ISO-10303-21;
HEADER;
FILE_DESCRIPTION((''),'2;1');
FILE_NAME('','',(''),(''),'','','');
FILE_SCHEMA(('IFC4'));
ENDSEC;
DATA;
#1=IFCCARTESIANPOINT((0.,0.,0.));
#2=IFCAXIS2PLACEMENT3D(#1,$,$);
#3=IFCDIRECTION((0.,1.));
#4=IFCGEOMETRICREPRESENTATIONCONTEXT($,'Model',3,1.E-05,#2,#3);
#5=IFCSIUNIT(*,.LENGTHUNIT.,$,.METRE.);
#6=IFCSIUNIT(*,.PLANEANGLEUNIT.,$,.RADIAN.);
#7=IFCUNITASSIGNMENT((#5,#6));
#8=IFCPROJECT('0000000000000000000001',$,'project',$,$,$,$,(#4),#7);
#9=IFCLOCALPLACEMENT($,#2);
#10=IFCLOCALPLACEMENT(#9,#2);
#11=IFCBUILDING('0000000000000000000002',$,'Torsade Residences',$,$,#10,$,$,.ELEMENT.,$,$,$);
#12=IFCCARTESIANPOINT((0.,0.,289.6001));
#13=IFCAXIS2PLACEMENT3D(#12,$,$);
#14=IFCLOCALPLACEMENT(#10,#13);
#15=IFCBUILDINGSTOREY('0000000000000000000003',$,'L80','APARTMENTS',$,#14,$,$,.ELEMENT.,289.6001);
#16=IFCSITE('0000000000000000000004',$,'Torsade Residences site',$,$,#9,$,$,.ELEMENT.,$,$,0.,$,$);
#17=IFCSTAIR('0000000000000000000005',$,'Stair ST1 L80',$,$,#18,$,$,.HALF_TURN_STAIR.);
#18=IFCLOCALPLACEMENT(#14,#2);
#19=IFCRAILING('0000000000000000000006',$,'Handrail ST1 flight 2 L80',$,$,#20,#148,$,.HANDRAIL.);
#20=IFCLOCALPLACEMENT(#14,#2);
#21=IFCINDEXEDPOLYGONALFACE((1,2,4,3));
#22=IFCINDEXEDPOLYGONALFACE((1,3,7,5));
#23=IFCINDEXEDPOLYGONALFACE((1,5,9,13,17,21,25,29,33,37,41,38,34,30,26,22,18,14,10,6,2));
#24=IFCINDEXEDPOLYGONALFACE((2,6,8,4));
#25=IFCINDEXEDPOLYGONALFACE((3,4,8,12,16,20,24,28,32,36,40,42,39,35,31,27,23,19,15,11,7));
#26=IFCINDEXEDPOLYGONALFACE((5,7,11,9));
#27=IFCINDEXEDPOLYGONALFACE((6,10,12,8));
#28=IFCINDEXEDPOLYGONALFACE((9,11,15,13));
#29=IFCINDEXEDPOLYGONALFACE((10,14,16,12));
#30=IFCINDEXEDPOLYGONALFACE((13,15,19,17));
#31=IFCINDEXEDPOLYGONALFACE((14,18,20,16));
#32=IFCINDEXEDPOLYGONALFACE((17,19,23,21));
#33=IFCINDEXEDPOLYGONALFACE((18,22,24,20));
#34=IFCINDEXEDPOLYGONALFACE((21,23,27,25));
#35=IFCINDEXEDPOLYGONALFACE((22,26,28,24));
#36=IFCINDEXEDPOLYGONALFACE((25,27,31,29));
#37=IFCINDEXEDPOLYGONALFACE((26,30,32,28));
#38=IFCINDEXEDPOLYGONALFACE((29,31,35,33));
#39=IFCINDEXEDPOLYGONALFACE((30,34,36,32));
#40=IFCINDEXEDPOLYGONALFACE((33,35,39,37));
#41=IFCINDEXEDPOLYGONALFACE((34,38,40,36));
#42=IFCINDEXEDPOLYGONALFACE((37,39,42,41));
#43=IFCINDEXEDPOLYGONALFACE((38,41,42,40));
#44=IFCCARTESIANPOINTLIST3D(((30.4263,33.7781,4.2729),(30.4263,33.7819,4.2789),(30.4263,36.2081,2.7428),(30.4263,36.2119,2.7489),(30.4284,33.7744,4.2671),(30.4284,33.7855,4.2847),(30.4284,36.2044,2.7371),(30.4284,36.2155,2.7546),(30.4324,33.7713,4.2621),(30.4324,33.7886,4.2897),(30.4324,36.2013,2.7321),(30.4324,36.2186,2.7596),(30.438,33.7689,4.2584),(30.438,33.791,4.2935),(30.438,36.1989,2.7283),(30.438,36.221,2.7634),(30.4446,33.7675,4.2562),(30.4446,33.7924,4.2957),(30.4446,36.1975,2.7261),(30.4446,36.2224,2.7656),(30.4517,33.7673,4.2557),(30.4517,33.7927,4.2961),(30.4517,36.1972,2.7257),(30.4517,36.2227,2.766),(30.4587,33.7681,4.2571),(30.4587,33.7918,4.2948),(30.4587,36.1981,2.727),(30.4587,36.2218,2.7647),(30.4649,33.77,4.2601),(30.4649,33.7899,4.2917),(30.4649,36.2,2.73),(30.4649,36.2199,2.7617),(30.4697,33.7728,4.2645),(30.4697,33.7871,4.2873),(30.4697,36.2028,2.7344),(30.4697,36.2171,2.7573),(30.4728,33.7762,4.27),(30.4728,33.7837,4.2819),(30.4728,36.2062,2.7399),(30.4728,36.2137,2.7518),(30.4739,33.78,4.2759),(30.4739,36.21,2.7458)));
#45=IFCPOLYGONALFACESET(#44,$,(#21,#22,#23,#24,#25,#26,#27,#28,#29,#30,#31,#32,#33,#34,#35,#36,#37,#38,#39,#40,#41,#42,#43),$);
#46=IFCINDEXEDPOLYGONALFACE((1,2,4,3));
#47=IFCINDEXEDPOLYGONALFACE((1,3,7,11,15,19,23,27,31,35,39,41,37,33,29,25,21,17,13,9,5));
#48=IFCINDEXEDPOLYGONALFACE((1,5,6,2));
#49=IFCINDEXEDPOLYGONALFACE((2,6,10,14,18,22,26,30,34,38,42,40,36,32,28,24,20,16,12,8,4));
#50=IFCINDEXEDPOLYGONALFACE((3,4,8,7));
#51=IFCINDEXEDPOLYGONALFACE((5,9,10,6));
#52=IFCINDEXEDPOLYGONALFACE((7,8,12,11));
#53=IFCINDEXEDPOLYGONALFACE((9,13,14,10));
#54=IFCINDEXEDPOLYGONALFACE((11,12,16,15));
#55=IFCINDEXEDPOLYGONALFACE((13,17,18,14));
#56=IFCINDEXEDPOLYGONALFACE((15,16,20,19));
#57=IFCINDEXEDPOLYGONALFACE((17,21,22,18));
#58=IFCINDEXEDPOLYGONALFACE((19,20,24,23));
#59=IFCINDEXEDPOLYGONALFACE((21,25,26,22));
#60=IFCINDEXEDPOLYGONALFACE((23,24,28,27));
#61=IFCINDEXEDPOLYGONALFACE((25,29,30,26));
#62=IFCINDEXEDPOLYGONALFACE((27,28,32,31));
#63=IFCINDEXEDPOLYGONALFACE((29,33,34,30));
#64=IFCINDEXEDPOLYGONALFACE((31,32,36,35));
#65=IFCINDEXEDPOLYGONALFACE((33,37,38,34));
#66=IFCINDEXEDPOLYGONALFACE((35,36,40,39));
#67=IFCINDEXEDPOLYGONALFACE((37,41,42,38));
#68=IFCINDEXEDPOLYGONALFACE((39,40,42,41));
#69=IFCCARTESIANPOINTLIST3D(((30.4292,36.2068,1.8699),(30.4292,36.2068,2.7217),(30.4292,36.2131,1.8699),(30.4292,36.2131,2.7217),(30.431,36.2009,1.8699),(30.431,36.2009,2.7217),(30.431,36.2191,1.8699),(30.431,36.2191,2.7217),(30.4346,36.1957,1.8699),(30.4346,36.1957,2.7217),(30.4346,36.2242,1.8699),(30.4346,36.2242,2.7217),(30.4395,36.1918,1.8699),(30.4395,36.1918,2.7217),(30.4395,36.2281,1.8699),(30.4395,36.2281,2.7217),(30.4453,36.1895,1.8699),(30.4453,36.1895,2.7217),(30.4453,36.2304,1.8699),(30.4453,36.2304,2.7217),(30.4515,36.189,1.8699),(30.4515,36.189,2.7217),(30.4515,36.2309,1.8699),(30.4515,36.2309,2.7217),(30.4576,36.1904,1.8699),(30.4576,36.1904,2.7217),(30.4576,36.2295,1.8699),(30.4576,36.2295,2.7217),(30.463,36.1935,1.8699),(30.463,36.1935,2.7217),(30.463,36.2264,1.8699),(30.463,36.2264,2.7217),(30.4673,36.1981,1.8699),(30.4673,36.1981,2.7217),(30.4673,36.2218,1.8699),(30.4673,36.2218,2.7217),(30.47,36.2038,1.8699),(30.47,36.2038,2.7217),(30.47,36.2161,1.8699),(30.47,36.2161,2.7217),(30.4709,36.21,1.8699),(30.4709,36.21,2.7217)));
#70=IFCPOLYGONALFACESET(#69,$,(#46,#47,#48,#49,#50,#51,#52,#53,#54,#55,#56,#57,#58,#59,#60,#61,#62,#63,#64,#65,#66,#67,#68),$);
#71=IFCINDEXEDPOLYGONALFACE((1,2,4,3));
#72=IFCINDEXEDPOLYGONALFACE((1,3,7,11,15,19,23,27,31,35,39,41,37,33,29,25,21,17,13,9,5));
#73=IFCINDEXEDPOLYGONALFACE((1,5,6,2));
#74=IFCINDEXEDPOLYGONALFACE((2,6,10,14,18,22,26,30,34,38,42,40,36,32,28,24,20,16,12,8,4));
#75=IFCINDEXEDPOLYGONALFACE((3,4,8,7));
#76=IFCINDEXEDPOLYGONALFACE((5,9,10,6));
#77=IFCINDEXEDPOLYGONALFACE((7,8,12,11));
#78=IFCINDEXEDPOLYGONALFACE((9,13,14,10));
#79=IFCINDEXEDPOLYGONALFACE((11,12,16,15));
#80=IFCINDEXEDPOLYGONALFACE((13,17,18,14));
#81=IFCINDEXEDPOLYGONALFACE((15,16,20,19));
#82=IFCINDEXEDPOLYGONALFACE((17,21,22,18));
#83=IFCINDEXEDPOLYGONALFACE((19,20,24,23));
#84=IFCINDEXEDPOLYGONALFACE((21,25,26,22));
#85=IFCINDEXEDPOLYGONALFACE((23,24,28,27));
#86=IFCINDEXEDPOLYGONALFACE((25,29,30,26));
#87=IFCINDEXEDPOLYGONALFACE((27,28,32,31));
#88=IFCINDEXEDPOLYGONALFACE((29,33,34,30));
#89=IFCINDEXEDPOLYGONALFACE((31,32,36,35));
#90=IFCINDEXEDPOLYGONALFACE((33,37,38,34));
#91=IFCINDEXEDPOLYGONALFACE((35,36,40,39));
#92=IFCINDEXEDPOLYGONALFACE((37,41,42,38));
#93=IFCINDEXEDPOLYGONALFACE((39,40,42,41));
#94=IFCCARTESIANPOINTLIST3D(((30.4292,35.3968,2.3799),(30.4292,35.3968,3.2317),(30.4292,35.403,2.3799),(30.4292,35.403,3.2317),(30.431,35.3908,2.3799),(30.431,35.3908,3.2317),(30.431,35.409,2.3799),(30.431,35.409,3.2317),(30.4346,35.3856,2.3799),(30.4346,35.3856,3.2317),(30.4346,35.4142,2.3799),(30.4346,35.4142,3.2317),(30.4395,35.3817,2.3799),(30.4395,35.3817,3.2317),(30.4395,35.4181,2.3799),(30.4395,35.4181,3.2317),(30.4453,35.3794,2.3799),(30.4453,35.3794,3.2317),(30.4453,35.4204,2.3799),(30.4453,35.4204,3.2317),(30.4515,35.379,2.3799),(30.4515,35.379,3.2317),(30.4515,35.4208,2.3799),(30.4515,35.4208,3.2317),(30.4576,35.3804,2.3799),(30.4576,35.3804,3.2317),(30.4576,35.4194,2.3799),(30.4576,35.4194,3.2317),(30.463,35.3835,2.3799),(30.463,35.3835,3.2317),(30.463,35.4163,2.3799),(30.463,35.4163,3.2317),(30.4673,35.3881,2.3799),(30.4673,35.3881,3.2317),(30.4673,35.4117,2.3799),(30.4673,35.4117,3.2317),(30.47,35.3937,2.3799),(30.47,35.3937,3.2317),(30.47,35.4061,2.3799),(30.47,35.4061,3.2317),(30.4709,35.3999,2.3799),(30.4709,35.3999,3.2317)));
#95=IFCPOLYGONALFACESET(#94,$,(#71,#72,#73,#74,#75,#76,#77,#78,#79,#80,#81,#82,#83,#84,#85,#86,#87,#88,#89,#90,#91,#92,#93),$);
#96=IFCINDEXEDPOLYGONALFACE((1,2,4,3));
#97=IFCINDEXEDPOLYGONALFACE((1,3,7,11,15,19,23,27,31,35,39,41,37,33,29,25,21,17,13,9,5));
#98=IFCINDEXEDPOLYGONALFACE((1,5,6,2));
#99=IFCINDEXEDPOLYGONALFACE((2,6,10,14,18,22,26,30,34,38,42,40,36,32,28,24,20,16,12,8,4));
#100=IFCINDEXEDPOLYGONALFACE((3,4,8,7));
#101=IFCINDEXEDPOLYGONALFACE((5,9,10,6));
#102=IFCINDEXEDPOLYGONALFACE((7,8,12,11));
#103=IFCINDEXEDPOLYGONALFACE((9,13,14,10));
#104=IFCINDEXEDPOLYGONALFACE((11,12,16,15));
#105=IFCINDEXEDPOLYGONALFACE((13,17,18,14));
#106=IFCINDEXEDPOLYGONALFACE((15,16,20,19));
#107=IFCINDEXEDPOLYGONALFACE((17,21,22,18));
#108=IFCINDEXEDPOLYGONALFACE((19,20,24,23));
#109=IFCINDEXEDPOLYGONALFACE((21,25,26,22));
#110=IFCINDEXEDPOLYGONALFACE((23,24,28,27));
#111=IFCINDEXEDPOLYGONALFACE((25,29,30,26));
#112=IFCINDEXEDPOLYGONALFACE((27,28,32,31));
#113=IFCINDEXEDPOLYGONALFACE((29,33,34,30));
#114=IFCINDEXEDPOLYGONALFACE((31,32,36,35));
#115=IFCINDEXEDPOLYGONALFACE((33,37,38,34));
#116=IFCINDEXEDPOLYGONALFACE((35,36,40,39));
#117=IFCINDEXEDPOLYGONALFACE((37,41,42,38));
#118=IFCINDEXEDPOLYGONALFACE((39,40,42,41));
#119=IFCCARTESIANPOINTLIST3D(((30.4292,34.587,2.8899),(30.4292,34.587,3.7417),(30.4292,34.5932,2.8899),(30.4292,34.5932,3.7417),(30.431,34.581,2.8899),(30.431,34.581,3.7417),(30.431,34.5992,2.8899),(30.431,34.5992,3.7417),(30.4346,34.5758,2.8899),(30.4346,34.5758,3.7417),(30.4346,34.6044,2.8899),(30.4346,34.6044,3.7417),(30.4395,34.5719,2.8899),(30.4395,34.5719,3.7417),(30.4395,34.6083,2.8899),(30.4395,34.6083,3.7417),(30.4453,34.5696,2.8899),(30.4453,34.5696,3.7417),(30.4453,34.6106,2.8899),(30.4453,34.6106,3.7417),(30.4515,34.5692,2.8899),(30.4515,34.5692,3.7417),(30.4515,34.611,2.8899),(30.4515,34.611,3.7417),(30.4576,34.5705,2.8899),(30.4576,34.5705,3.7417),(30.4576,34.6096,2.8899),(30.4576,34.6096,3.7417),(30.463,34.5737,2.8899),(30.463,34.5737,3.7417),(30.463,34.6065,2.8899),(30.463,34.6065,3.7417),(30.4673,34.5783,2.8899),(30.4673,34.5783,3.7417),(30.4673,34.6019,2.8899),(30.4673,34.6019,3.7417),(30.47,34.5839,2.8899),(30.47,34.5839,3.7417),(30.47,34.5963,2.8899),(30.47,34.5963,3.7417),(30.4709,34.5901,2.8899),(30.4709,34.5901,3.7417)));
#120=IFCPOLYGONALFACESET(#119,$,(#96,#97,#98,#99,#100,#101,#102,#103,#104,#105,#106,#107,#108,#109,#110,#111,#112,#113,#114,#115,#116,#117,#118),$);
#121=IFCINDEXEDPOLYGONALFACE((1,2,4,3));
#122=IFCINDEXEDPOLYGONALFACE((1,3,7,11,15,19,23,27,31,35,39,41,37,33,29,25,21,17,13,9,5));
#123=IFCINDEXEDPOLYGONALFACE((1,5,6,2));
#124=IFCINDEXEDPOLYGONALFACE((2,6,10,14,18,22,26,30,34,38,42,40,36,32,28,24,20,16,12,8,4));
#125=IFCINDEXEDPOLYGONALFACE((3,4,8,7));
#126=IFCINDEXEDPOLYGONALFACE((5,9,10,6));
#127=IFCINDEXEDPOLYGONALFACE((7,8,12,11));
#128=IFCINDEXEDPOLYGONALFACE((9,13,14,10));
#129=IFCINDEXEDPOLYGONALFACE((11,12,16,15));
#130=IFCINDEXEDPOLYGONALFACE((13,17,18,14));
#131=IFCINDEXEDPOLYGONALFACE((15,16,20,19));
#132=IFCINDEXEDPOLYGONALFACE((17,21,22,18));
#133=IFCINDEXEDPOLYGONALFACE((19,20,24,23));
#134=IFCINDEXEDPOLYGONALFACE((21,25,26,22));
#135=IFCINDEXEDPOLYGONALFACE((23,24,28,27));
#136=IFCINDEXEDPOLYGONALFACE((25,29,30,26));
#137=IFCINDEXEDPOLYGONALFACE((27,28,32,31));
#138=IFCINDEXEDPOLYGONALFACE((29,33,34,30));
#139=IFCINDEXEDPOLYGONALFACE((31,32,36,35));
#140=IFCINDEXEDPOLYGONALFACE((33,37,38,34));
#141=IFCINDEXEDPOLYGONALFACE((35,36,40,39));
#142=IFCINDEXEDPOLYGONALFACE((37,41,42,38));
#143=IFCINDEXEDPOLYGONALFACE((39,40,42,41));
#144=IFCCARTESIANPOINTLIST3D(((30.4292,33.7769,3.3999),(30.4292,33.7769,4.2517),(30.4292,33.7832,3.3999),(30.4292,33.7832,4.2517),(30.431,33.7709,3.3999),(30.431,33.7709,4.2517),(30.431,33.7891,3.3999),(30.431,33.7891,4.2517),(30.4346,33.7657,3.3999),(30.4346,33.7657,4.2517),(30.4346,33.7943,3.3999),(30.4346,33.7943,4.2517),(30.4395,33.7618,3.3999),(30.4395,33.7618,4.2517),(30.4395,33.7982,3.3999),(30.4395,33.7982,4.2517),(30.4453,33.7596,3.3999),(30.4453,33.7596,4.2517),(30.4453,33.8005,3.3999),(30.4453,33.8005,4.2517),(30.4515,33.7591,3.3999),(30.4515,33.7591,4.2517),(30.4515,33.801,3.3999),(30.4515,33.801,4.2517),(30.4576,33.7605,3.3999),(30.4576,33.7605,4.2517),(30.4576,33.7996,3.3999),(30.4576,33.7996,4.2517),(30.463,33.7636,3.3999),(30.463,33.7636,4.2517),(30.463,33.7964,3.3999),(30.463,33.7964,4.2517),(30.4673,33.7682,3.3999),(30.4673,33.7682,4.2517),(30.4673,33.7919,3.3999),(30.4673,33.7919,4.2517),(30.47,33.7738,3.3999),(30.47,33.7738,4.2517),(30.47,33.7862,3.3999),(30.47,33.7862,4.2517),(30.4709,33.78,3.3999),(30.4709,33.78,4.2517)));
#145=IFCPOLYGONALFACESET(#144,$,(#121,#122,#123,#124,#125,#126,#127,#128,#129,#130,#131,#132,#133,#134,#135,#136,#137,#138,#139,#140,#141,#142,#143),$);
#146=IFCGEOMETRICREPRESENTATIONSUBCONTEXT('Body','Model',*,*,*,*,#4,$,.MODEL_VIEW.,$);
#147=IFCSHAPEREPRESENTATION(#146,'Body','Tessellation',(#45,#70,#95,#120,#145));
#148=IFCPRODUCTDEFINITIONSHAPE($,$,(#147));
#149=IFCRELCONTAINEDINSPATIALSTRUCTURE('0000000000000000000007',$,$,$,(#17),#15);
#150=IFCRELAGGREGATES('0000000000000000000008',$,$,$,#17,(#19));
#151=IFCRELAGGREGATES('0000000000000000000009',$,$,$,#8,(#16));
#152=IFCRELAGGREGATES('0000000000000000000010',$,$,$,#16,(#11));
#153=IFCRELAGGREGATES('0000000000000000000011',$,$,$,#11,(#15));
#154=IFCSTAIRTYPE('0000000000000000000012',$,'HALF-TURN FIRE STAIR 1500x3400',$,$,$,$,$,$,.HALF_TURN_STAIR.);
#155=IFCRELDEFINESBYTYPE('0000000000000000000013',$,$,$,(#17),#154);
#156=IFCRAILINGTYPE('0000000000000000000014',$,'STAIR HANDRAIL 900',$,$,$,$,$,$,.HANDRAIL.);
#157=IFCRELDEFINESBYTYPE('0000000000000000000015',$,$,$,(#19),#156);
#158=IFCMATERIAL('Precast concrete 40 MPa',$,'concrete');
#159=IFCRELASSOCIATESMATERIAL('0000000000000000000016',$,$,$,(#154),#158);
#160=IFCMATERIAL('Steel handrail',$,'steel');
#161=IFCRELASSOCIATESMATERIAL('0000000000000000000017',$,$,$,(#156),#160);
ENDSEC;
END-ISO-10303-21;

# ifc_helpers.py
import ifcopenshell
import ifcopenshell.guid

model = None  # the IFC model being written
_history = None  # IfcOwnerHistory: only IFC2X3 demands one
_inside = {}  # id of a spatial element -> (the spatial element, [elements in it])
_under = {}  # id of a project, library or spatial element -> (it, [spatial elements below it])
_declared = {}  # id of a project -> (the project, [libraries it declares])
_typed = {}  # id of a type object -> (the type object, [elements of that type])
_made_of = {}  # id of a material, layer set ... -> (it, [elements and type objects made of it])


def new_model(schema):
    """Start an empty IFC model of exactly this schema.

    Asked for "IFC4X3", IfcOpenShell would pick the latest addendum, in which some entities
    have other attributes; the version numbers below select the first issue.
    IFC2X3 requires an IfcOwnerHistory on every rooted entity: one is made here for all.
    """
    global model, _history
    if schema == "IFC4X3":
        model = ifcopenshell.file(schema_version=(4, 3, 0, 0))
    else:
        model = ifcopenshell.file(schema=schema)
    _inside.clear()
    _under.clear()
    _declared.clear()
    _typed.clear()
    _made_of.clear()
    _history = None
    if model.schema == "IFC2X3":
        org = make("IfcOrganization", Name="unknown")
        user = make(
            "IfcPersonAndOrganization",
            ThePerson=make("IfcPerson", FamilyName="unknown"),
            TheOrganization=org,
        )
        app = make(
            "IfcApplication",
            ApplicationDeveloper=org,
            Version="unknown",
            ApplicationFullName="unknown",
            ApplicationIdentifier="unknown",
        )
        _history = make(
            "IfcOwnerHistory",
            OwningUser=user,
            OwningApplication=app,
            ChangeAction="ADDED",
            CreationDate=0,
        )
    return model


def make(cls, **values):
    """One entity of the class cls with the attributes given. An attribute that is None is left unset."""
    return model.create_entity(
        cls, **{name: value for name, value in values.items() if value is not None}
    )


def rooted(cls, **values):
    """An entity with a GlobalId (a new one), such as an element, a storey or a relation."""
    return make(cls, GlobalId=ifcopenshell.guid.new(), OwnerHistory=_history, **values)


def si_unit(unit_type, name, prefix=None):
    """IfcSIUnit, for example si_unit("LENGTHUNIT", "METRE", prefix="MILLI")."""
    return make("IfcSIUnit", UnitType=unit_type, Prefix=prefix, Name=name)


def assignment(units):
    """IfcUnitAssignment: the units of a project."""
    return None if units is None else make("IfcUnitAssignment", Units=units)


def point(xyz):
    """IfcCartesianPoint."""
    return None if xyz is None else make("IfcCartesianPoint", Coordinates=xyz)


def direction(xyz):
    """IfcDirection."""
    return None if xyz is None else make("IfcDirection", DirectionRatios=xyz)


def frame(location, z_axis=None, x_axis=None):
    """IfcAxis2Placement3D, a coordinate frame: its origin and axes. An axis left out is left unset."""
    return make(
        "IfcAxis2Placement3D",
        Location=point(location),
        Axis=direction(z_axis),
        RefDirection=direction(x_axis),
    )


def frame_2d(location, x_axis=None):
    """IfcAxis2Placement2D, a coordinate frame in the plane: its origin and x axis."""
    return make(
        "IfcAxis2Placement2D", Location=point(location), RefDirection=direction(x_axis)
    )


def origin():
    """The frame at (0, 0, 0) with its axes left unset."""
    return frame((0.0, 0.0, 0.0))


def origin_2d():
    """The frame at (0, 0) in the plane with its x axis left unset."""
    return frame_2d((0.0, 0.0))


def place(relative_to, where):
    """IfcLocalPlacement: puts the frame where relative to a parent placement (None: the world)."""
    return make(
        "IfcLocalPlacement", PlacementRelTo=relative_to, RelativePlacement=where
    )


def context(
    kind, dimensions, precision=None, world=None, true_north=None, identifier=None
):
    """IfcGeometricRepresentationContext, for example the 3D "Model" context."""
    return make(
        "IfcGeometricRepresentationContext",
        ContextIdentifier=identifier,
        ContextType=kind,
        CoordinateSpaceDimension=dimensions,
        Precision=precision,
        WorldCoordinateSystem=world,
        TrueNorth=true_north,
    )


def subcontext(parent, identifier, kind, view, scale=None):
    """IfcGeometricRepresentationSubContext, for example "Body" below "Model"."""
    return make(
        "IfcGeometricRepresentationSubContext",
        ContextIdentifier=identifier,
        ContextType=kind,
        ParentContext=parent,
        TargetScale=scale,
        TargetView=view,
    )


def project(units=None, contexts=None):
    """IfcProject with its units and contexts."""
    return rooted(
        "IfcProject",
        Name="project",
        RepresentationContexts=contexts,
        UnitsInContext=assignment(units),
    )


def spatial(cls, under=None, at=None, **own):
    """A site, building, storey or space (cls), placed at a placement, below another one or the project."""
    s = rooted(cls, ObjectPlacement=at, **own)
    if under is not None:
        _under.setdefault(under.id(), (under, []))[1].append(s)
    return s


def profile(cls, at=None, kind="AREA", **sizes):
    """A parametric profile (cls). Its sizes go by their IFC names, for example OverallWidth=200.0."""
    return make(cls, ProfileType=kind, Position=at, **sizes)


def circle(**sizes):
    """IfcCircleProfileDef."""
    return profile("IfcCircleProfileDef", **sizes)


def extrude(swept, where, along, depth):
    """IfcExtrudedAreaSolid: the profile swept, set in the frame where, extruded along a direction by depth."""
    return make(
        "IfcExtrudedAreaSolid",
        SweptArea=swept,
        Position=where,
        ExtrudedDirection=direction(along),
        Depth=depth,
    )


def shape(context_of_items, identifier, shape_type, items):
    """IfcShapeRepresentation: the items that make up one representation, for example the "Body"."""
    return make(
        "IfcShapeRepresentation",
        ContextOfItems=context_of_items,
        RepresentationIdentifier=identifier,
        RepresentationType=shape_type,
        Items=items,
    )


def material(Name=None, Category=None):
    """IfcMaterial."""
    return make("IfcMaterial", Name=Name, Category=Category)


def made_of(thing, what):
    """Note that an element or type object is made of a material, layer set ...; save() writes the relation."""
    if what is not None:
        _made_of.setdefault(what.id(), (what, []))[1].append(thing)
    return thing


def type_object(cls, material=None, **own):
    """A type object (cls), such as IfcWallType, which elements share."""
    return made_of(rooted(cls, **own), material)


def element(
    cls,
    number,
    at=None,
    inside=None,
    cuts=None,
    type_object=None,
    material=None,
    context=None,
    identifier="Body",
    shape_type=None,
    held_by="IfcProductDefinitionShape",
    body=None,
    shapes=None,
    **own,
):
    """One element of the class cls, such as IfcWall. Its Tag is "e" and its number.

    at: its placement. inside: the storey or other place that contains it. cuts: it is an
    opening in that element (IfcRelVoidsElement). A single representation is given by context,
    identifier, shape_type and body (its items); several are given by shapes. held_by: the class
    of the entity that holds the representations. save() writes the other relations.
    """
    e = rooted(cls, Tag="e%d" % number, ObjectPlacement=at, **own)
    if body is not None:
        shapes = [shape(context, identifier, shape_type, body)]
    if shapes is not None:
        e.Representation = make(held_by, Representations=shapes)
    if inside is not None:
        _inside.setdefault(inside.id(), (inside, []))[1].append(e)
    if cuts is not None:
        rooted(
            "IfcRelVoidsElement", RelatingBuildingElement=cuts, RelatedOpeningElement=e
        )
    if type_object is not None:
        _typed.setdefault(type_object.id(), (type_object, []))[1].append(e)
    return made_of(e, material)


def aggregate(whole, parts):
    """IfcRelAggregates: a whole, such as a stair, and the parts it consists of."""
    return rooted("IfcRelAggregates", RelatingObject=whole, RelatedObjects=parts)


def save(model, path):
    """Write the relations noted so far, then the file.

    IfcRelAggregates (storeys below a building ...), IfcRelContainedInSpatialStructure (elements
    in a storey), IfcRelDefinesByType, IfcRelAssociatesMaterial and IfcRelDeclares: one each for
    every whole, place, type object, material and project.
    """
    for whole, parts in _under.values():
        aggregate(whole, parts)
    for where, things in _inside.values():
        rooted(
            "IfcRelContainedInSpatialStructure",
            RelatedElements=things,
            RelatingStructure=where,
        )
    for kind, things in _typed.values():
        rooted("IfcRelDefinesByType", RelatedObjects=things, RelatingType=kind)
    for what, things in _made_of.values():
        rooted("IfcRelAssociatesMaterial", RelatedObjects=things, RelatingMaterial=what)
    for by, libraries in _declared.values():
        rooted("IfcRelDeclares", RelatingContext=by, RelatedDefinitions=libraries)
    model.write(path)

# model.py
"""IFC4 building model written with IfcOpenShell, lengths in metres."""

from ifc_helpers import new_model, si_unit, direction, frame, origin, origin_2d, place, context, subcontext, project, spatial, circle, extrude, material, type_object, element, aggregate, save


model = new_model("IFC4")

# Units and contexts
model_context = context("Model", 3, precision=1e-05, world=origin(), true_north=direction((0.0, 1.0)))
body_context = subcontext(model_context, "Body", "Model", "MODEL_VIEW")
ifc_project = project(units=[si_unit("LENGTHUNIT", "METRE"), si_unit("PLANEANGLEUNIT", "RADIAN")], contexts=[model_context])

# Site, building, storey
site_placement = place(None, origin())
site = spatial("IfcSite", under=ifc_project, at=site_placement, Name="Torsade Residences site", CompositionType="ELEMENT", RefElevation=0.0)
building_placement = place(site_placement, origin())
building = spatial("IfcBuilding", under=site, at=building_placement, Name="Torsade Residences", CompositionType="ELEMENT")
storey_placement = place(building_placement, frame((0.0, 0.0, 289.6001)))
storey = spatial("IfcBuildingStorey", under=building, at=storey_placement, Name="L80", Description="APARTMENTS", CompositionType="ELEMENT", Elevation=289.6001)

# Stair, railing
ifc_material_1 = material(Name="Precast concrete 40 MPa", Category="concrete")
stair_type = type_object("IfcStairType", Name="HALF-TURN FIRE STAIR 1500x3400", PredefinedType="HALF_TURN_STAIR", material=ifc_material_1)
stair_placement = place(storey_placement, origin())
stair = element("IfcStair", 1, at=stair_placement, inside=storey, type_object=stair_type, Name="Stair ST1 L80", PredefinedType="HALF_TURN_STAIR")
ifc_material_2 = material(Name="Steel handrail", Category="steel")
railing_type = type_object("IfcRailingType", Name="STAIR HANDRAIL 900", PredefinedType="HANDRAIL", material=ifc_material_2)
railing_1_placement = place(storey_placement, frame((30.45, 36.21, 1.8699)))
railing_1 = element("IfcRailing", 2, at=railing_1_placement, type_object=railing_type, Name="Handrail ST1 flight 2 L80", PredefinedType="HANDRAIL", context=body_context, shape_type="SweptSolid", body=[
    extrude(circle(Radius=0.0239, at=origin_2d()), frame((0.0, 0.0, 0.876), z_axis=(0.0, -0.846221, 0.532831), x_axis=(1.0, 0.0, 0.0)), (0.0, 0.0, 1.0), 2.8716),
    extrude(circle(Radius=0.021, at=origin_2d()), origin(), (0.0, 0.0, 1.0), 0.8518),
    extrude(circle(Radius=0.021, at=origin_2d()), frame((0.0, -0.8101, 0.51)), (0.0, 0.0, 1.0), 0.8518),
    extrude(circle(Radius=0.021, at=origin_2d()), frame((0.0, -1.6199, 1.02)), (0.0, 0.0, 1.0), 0.8518),
    extrude(circle(Radius=0.021, at=origin_2d()), frame((0.0, -2.4299, 1.53)), (0.0, 0.0, 1.0), 0.8518),
])
aggregate(stair, [railing_1])

save(model, "model.ifc")
